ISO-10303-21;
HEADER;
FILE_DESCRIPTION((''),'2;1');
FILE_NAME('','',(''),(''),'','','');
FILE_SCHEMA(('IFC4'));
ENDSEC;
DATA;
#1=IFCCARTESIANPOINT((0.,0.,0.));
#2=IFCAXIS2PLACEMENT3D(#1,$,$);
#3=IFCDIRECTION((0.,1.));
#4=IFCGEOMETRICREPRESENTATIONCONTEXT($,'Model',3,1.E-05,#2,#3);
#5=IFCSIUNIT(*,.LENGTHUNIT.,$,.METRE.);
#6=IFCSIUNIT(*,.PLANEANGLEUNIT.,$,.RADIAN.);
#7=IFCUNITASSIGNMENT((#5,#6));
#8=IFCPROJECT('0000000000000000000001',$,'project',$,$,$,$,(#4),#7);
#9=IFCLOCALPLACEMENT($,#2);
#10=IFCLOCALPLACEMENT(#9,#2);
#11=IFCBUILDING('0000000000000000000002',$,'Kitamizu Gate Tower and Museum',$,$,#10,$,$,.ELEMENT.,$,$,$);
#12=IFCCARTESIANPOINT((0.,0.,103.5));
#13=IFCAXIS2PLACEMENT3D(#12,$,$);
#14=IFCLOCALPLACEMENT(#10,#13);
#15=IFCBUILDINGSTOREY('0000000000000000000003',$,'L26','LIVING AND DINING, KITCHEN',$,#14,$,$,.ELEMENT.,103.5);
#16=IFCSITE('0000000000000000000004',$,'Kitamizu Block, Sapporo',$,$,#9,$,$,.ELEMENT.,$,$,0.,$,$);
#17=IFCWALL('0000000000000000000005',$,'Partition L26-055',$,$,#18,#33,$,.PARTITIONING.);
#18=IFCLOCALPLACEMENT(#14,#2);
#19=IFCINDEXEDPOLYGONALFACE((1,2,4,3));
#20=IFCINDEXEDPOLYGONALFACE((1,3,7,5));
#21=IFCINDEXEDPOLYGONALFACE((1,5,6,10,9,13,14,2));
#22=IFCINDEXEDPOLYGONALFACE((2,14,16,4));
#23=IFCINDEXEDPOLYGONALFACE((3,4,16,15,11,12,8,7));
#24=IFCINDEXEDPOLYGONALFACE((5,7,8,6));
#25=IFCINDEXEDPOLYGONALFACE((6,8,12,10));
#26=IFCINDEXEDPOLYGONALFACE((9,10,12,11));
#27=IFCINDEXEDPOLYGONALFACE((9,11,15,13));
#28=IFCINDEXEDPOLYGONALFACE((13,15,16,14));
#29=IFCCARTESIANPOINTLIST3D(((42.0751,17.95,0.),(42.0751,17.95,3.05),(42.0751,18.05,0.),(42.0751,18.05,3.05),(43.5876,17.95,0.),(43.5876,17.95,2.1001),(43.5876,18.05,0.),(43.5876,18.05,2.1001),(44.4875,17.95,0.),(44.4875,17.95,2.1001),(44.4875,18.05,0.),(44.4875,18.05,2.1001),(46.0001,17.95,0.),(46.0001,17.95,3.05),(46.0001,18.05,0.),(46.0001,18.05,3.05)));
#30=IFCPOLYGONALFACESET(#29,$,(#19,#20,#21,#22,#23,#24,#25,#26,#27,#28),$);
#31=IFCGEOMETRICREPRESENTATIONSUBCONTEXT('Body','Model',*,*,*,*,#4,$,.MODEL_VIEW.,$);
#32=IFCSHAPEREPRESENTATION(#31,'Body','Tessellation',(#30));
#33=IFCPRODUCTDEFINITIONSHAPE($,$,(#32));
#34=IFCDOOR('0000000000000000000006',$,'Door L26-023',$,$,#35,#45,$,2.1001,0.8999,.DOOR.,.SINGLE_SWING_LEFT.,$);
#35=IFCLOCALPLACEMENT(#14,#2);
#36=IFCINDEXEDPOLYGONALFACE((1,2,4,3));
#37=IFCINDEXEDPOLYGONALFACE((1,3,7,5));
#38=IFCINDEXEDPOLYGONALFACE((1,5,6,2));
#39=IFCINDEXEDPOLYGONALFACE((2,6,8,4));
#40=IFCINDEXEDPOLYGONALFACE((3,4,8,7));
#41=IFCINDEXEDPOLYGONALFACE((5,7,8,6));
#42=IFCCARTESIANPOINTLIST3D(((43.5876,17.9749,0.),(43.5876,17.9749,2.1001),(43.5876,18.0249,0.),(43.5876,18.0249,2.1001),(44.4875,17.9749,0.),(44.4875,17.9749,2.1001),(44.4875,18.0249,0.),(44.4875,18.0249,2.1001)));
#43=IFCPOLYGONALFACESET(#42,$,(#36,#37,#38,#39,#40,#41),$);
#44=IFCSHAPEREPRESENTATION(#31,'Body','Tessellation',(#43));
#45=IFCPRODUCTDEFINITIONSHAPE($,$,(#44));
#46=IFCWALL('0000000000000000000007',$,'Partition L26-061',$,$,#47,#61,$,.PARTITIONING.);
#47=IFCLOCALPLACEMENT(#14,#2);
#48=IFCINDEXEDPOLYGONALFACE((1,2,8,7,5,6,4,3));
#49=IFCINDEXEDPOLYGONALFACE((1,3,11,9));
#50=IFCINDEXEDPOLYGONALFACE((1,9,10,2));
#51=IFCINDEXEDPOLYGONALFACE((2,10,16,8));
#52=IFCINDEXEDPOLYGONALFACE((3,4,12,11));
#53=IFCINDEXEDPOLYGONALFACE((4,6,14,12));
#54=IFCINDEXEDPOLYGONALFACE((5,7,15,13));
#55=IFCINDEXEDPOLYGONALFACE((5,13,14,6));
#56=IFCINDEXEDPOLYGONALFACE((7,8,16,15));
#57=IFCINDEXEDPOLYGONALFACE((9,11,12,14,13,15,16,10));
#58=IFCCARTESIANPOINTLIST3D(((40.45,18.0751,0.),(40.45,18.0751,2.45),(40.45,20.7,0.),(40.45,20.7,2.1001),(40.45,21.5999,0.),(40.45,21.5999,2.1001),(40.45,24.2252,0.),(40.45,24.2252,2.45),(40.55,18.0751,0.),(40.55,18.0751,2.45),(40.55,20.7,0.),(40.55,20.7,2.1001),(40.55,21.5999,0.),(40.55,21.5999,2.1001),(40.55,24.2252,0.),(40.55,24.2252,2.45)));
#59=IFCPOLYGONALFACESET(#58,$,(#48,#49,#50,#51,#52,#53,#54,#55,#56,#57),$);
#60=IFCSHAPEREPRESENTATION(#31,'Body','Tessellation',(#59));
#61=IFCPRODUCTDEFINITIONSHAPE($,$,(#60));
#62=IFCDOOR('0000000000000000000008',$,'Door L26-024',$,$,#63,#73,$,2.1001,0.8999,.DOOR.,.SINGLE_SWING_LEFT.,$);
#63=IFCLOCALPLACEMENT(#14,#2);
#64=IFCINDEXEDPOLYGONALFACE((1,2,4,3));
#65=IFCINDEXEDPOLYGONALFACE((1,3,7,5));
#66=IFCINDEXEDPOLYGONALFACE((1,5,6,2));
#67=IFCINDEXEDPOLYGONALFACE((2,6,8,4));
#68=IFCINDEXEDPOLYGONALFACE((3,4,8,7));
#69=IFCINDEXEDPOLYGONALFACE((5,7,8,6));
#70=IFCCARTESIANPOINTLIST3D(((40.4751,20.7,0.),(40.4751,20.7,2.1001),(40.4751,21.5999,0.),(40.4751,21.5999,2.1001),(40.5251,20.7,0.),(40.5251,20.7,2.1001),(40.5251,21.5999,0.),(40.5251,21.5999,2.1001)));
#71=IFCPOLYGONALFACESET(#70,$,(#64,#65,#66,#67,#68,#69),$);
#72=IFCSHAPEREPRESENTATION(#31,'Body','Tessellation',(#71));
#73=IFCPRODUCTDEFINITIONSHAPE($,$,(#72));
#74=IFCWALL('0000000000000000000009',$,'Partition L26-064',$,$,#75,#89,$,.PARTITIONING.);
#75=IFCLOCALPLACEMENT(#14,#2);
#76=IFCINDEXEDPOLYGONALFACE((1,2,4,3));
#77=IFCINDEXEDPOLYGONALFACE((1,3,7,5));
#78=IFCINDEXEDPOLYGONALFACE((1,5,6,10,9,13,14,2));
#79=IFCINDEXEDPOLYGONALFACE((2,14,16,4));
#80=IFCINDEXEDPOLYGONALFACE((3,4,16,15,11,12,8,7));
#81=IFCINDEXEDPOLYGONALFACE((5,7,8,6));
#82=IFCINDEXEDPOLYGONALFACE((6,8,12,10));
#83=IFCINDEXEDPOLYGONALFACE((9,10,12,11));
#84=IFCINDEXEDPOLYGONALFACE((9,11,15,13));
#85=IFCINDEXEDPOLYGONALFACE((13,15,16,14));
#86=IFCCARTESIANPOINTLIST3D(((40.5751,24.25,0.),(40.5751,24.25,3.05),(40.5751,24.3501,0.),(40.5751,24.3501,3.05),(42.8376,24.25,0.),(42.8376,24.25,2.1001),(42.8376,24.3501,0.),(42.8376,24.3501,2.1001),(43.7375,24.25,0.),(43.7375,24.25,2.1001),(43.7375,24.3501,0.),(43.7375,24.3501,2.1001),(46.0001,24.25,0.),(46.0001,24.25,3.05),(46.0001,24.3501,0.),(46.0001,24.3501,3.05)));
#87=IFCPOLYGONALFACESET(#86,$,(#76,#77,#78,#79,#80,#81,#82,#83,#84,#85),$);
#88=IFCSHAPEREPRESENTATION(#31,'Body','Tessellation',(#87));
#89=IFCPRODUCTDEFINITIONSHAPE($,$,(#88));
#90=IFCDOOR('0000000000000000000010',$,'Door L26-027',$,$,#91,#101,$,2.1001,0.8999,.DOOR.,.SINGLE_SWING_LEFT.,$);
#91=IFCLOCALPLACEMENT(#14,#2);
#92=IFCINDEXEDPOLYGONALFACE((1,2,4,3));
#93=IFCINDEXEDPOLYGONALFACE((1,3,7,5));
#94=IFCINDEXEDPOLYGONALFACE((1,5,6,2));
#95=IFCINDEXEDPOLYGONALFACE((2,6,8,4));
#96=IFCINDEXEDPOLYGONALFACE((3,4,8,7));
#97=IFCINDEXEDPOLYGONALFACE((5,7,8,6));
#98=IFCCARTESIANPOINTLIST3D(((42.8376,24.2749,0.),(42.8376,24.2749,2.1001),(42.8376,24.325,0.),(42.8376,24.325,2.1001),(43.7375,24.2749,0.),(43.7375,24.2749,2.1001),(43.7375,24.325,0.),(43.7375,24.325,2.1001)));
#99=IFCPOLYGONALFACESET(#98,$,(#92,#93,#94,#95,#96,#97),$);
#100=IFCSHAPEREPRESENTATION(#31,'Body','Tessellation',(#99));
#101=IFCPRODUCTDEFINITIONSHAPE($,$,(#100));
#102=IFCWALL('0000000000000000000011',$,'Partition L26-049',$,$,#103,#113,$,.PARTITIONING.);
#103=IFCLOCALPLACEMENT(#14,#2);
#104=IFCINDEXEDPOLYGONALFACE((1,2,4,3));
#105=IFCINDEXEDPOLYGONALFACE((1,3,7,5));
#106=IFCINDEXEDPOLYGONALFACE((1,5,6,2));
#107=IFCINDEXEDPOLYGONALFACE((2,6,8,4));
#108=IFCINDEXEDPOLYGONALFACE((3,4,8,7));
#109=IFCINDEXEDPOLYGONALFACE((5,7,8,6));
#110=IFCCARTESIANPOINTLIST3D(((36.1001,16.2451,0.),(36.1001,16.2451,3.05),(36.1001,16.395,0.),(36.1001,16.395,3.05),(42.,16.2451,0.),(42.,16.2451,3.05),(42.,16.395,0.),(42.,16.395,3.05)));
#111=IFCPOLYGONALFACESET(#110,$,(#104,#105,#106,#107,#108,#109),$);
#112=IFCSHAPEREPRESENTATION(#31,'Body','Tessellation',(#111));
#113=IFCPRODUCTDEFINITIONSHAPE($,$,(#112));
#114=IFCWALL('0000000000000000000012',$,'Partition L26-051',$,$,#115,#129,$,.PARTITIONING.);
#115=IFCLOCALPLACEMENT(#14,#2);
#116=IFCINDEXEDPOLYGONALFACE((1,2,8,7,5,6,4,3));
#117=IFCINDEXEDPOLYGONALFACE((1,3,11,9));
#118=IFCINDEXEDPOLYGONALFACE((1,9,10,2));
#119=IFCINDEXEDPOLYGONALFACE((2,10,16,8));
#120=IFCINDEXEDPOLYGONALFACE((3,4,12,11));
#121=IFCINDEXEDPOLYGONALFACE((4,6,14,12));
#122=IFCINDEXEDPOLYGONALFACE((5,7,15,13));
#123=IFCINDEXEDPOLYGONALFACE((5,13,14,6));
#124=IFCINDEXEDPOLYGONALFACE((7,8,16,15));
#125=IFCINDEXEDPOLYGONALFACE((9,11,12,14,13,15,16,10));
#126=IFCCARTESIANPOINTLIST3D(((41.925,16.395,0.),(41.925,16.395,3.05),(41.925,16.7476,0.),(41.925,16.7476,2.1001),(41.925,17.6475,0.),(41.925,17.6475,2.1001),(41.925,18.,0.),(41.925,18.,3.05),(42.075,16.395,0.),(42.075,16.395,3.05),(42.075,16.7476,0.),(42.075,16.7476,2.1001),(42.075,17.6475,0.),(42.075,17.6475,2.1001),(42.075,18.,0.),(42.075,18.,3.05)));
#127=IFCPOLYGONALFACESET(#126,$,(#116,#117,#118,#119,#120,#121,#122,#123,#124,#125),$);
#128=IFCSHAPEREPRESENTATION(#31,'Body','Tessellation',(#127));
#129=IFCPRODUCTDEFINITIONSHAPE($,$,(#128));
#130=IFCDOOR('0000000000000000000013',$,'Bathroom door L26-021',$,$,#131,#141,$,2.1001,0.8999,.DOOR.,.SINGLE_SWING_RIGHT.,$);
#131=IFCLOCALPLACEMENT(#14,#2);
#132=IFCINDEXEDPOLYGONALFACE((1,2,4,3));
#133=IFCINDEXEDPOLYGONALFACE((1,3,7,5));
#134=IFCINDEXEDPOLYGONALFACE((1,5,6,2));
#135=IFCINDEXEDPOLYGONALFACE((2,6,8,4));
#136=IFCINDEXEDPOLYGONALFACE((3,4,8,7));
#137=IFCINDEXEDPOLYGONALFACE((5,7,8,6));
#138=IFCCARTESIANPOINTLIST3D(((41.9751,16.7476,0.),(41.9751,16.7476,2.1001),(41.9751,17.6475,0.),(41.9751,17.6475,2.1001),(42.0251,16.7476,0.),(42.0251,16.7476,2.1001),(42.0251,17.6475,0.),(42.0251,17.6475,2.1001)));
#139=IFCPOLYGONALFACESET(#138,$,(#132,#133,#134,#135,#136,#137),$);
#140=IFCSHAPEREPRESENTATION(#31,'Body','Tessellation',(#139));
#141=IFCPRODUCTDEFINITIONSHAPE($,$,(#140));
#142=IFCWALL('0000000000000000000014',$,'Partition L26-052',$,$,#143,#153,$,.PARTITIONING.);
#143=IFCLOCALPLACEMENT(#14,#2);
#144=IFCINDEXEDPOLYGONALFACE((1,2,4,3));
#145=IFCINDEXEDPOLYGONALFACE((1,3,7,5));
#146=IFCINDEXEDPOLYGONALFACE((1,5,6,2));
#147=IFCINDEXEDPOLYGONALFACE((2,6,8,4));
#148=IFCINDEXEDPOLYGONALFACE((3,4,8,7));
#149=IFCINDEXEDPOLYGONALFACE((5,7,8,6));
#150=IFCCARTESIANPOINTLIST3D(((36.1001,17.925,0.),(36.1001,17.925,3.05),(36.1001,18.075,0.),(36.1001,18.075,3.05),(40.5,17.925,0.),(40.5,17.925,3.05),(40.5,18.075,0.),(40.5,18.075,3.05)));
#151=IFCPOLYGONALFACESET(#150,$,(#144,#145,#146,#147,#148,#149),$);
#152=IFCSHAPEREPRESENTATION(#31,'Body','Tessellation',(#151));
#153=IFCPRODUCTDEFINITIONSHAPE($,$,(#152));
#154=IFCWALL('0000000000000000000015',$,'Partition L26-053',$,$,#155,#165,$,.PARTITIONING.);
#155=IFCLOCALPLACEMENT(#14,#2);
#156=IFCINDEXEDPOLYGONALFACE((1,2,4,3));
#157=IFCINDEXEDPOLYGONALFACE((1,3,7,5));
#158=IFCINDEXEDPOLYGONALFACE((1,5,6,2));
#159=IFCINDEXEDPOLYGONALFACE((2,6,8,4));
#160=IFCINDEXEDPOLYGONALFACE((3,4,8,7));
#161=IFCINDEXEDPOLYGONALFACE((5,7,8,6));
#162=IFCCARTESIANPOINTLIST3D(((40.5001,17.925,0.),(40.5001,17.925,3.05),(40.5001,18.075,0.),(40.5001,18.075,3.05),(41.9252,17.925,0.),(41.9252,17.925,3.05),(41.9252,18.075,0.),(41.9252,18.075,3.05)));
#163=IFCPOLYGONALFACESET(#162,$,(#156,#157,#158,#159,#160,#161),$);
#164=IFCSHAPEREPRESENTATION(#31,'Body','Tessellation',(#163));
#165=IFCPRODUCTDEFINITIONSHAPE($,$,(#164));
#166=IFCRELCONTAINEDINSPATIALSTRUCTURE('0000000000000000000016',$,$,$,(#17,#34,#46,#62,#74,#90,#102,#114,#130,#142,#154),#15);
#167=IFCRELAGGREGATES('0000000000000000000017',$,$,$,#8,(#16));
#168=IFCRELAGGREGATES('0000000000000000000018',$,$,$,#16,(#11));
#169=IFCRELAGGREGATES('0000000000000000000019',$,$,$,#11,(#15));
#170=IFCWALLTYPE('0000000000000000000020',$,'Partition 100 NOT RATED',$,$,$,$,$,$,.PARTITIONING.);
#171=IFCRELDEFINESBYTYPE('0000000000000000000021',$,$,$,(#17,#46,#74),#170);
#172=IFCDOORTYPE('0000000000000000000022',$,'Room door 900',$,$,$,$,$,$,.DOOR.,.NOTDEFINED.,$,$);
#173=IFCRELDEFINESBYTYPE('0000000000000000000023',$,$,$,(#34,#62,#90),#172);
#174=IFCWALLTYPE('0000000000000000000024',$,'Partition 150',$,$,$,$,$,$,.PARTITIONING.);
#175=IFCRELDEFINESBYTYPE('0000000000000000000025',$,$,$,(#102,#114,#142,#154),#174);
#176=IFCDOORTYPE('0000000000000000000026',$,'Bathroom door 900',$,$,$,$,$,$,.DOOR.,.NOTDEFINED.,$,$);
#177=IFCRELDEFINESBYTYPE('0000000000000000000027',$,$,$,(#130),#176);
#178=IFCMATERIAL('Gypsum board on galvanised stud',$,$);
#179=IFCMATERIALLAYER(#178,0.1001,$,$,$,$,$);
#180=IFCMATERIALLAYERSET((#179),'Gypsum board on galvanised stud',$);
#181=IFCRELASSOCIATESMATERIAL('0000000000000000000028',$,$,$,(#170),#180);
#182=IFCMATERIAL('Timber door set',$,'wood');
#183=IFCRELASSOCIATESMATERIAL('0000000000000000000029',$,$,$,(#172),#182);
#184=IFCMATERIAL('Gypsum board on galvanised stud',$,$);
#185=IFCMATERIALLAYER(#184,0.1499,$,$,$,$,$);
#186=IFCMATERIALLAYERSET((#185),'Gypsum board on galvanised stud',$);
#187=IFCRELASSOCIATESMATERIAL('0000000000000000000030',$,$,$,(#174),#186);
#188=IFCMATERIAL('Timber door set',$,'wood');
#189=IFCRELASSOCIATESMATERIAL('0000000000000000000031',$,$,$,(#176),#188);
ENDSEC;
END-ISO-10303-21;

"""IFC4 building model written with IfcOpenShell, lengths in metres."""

from ifc_helpers import new_model, si_unit, direction, frame, frame_2d, origin, place, context, subcontext, project, spatial, rectangle, extrude, material, layer, layer_set, type_object, element, fill, save


model = new_model("IFC4")

# Units and contexts
model_context = context("Model", 3, precision=1e-05, world=origin(), true_north=direction((0.0, 1.0)))
body_context = subcontext(model_context, "Body", "Model", "MODEL_VIEW")
ifc_project = project(units=[si_unit("LENGTHUNIT", "METRE"), si_unit("PLANEANGLEUNIT", "RADIAN")], contexts=[model_context])

# Site, building, storey
site_placement = place(None, origin())
site = spatial("IfcSite", under=ifc_project, at=site_placement, Name="Kitamizu Block, Sapporo", CompositionType="ELEMENT", RefElevation=0.0)
building_placement = place(site_placement, origin())
building = spatial("IfcBuilding", under=site, at=building_placement, Name="Kitamizu Gate Tower and Museum", CompositionType="ELEMENT")
storey_placement = place(building_placement, frame((0.0, 0.0, 103.5)))
storey = spatial("IfcBuildingStorey", under=building, at=storey_placement, Name="L26", Description="LIVING AND DINING, KITCHEN", CompositionType="ELEMENT", Elevation=103.5)

# Walls, openings, doors
ifc_material_1 = material(Name="Gypsum board on galvanised stud")
ifc_layer_1 = layer(ifc_material_1, 0.1001)
ifc_layer_set_1 = layer_set([ifc_layer_1], Name="Gypsum board on galvanised stud")
wall_type_1 = type_object("IfcWallType", Name="Partition 100 NOT RATED", PredefinedType="PARTITIONING", material=ifc_layer_set_1)
ifc_material_2 = material(Name="Timber door set", Category="wood")
door_type_1 = type_object("IfcDoorType", Name="Room door 900", OperationType="NOTDEFINED", PredefinedType="DOOR", material=ifc_material_2)
wall_1_placement = place(storey_placement, frame((46.0, 18.0, 0.0), z_axis=(0.0, 0.0, 1.0), x_axis=(-1.0, 0.0, 0.0)))
wall_1 = element("IfcWall", 1, at=wall_1_placement, inside=storey, type_object=wall_type_1, Name="Partition L26-055", PredefinedType="PARTITIONING", context=body_context, shape_type="SweptSolid", body=[
    extrude(rectangle(XDim=3.925, YDim=0.1001, at=frame_2d((1.9624, 0.0))), origin(), (0.0, 0.0, 1.0), 3.05),
])
opening_1_placement = place(wall_1_placement, frame((1.5125, 0.0, 0.0)))
opening_1 = element("IfcOpeningElement", 2, at=opening_1_placement, cuts=wall_1, PredefinedType="OPENING", context=body_context, shape_type="SweptSolid", body=[
    extrude(rectangle(XDim=0.8999, YDim=2.1001, at=frame_2d((0.45, 1.05))), frame((0.0, 0.0601, 0.0), z_axis=(0.0, -1.0, 0.0), x_axis=(1.0, 0.0, 0.0)), (0.0, 0.0, 1.0), 0.1201),
])
door_1_placement = place(opening_1_placement, frame((0.8999, 0.0, 0.0), x_axis=(-1.0, 0.0, 0.0)))
door_1 = element("IfcDoor", 3, at=door_1_placement, inside=storey, type_object=door_type_1, Name="Door L26-023", OperationType="SINGLE_SWING_LEFT", OverallHeight=2.1001, OverallWidth=0.8999, PredefinedType="DOOR", context=body_context, shape_type="SweptSolid", body=[
    extrude(rectangle(XDim=0.8999, YDim=2.1001, at=frame_2d((0.45, 1.05))), frame((0.0, 0.0249, 0.0), z_axis=(0.0, -1.0, 0.0), x_axis=(1.0, 0.0, 0.0)), (0.0, 0.0, 1.0), 0.05),
])
fill(opening_1, door_1)
wall_2_placement = place(storey_placement, frame((40.5, 18.075, 0.0), z_axis=(0.0, 0.0, 1.0), x_axis=(0.0, 1.0, 0.0)))
wall_2 = element("IfcWall", 4, at=wall_2_placement, inside=storey, type_object=wall_type_1, Name="Partition L26-061", PredefinedType="PARTITIONING", context=body_context, shape_type="SweptSolid", body=[
    extrude(rectangle(XDim=6.1501, YDim=0.1001, at=frame_2d((3.0752, 0.0))), origin(), (0.0, 0.0, 1.0), 2.45),
])
opening_2_placement = place(wall_2_placement, frame((2.625, 0.0, 0.0)))
opening_2 = element("IfcOpeningElement", 5, at=opening_2_placement, cuts=wall_2, PredefinedType="OPENING", context=body_context, shape_type="SweptSolid", body=[
    extrude(rectangle(XDim=0.8999, YDim=2.1001, at=frame_2d((0.45, 1.05))), frame((0.0, 0.0601, 0.0), z_axis=(0.0, -1.0, 0.0), x_axis=(1.0, 0.0, 0.0)), (0.0, 0.0, 1.0), 0.1201),
])
door_2_placement = place(opening_2_placement, origin())
door_2 = element("IfcDoor", 6, at=door_2_placement, inside=storey, type_object=door_type_1, Name="Door L26-024", OperationType="SINGLE_SWING_LEFT", OverallHeight=2.1001, OverallWidth=0.8999, PredefinedType="DOOR", context=body_context, shape_type="SweptSolid", body=[
    extrude(rectangle(XDim=0.8999, YDim=2.1001, at=frame_2d((0.45, 1.05))), frame((0.0, 0.0249, 0.0), z_axis=(0.0, -1.0, 0.0), x_axis=(1.0, 0.0, 0.0)), (0.0, 0.0, 1.0), 0.05),
])
fill(opening_2, door_2)
wall_3_placement = place(storey_placement, frame((46.0, 24.3, 0.0), z_axis=(0.0, 0.0, 1.0), x_axis=(-1.0, 0.0, 0.0)))
wall_3 = element("IfcWall", 7, at=wall_3_placement, inside=storey, type_object=wall_type_1, Name="Partition L26-064", PredefinedType="PARTITIONING", context=body_context, shape_type="SweptSolid", body=[
    extrude(rectangle(XDim=5.425, YDim=0.1001, at=frame_2d((2.7124, 0.0))), origin(), (0.0, 0.0, 1.0), 3.05),
])
opening_3_placement = place(wall_3_placement, frame((2.2625, 0.0, 0.0)))
opening_3 = element("IfcOpeningElement", 8, at=opening_3_placement, cuts=wall_3, PredefinedType="OPENING", context=body_context, shape_type="SweptSolid", body=[
    extrude(rectangle(XDim=0.8999, YDim=2.1001, at=frame_2d((0.45, 1.05))), frame((0.0, 0.0601, 0.0), z_axis=(0.0, -1.0, 0.0), x_axis=(1.0, 0.0, 0.0)), (0.0, 0.0, 1.0), 0.1201),
])
door_3_placement = place(opening_3_placement, frame((0.8999, 0.0, 0.0), x_axis=(-1.0, 0.0, 0.0)))
door_3 = element("IfcDoor", 9, at=door_3_placement, inside=storey, type_object=door_type_1, Name="Door L26-027", OperationType="SINGLE_SWING_LEFT", OverallHeight=2.1001, OverallWidth=0.8999, PredefinedType="DOOR", context=body_context, shape_type="SweptSolid", body=[
    extrude(rectangle(XDim=0.8999, YDim=2.1001, at=frame_2d((0.45, 1.05))), frame((0.0, 0.0249, 0.0), z_axis=(0.0, -1.0, 0.0), x_axis=(1.0, 0.0, 0.0)), (0.0, 0.0, 1.0), 0.05),
])
fill(opening_3, door_3)

# Wall
ifc_material_3 = material(Name="Gypsum board on galvanised stud")
ifc_layer_2 = layer(ifc_material_3, 0.1499)
ifc_layer_set_2 = layer_set([ifc_layer_2], Name="Gypsum board on galvanised stud")
wall_type_2 = type_object("IfcWallType", Name="Partition 150", PredefinedType="PARTITIONING", material=ifc_layer_set_2)
wall_4_placement = place(storey_placement, frame((42.0, 16.3201, 0.0), z_axis=(0.0, 0.0, 1.0), x_axis=(-1.0, 0.0, 0.0)))
element("IfcWall", 10, at=wall_4_placement, inside=storey, type_object=wall_type_2, Name="Partition L26-049", PredefinedType="PARTITIONING", context=body_context, shape_type="SweptSolid", body=[
    extrude(rectangle(XDim=5.8999, YDim=0.1499, at=frame_2d((2.95, 0.0))), origin(), (0.0, 0.0, 1.0), 3.05),
])

# Wall, opening, door
wall_5_placement = place(storey_placement, frame((42.0, 16.395, 0.0), z_axis=(0.0, 0.0, 1.0), x_axis=(0.0, 1.0, 0.0)))
wall_5 = element("IfcWall", 11, at=wall_5_placement, inside=storey, type_object=wall_type_2, Name="Partition L26-051", PredefinedType="PARTITIONING", context=body_context, shape_type="SweptSolid", body=[
    extrude(rectangle(XDim=1.605, YDim=0.1499, at=frame_2d((0.8025, 0.0))), origin(), (0.0, 0.0, 1.0), 3.05),
])
opening_4_placement = place(wall_5_placement, frame((0.3525, 0.0, 0.0)))
opening_4 = element("IfcOpeningElement", 12, at=opening_4_placement, cuts=wall_5, PredefinedType="OPENING", context=body_context, shape_type="SweptSolid", body=[
    extrude(rectangle(XDim=0.8999, YDim=2.1001, at=frame_2d((0.45, 1.05))), frame((0.0, 0.085, 0.0), z_axis=(0.0, -1.0, 0.0), x_axis=(1.0, 0.0, 0.0)), (0.0, 0.0, 1.0), 0.1699),
])
ifc_material_4 = material(Name="Timber door set", Category="wood")
door_type_2 = type_object("IfcDoorType", Name="Bathroom door 900", OperationType="NOTDEFINED", PredefinedType="DOOR", material=ifc_material_4)
door_4_placement = place(opening_4_placement, origin())
door_4 = element("IfcDoor", 13, at=door_4_placement, inside=storey, type_object=door_type_2, Name="Bathroom door L26-021", OperationType="SINGLE_SWING_RIGHT", OverallHeight=2.1001, OverallWidth=0.8999, PredefinedType="DOOR", context=body_context, shape_type="SweptSolid", body=[
    extrude(rectangle(XDim=0.8999, YDim=2.1001, at=frame_2d((0.45, 1.05))), frame((0.0, 0.0249, 0.0), z_axis=(0.0, -1.0, 0.0), x_axis=(1.0, 0.0, 0.0)), (0.0, 0.0, 1.0), 0.05),
])
fill(opening_4, door_4)

# Walls
wall_6_placement = place(storey_placement, frame((40.5, 18.0, 0.0), z_axis=(0.0, 0.0, 1.0), x_axis=(-1.0, 0.0, 0.0)))
element("IfcWall", 14, at=wall_6_placement, inside=storey, type_object=wall_type_2, Name="Partition L26-052", PredefinedType="PARTITIONING", context=body_context, shape_type="SweptSolid", body=[
    extrude(rectangle(XDim=4.3999, YDim=0.1499, at=frame_2d((2.2, 0.0))), origin(), (0.0, 0.0, 1.0), 3.05),
])
wall_7_placement = place(storey_placement, frame((41.925, 18.0, 0.0), z_axis=(0.0, 0.0, 1.0), x_axis=(-1.0, 0.0, 0.0)))
element("IfcWall", 15, at=wall_7_placement, inside=storey, type_object=wall_type_2, Name="Partition L26-053", PredefinedType="PARTITIONING", context=body_context, shape_type="SweptSolid", body=[
    extrude(rectangle(XDim=1.425, YDim=0.1499, at=frame_2d((0.7124, 0.0))), origin(), (0.0, 0.0, 1.0), 3.05),
])

save(model, "model.ifc")
